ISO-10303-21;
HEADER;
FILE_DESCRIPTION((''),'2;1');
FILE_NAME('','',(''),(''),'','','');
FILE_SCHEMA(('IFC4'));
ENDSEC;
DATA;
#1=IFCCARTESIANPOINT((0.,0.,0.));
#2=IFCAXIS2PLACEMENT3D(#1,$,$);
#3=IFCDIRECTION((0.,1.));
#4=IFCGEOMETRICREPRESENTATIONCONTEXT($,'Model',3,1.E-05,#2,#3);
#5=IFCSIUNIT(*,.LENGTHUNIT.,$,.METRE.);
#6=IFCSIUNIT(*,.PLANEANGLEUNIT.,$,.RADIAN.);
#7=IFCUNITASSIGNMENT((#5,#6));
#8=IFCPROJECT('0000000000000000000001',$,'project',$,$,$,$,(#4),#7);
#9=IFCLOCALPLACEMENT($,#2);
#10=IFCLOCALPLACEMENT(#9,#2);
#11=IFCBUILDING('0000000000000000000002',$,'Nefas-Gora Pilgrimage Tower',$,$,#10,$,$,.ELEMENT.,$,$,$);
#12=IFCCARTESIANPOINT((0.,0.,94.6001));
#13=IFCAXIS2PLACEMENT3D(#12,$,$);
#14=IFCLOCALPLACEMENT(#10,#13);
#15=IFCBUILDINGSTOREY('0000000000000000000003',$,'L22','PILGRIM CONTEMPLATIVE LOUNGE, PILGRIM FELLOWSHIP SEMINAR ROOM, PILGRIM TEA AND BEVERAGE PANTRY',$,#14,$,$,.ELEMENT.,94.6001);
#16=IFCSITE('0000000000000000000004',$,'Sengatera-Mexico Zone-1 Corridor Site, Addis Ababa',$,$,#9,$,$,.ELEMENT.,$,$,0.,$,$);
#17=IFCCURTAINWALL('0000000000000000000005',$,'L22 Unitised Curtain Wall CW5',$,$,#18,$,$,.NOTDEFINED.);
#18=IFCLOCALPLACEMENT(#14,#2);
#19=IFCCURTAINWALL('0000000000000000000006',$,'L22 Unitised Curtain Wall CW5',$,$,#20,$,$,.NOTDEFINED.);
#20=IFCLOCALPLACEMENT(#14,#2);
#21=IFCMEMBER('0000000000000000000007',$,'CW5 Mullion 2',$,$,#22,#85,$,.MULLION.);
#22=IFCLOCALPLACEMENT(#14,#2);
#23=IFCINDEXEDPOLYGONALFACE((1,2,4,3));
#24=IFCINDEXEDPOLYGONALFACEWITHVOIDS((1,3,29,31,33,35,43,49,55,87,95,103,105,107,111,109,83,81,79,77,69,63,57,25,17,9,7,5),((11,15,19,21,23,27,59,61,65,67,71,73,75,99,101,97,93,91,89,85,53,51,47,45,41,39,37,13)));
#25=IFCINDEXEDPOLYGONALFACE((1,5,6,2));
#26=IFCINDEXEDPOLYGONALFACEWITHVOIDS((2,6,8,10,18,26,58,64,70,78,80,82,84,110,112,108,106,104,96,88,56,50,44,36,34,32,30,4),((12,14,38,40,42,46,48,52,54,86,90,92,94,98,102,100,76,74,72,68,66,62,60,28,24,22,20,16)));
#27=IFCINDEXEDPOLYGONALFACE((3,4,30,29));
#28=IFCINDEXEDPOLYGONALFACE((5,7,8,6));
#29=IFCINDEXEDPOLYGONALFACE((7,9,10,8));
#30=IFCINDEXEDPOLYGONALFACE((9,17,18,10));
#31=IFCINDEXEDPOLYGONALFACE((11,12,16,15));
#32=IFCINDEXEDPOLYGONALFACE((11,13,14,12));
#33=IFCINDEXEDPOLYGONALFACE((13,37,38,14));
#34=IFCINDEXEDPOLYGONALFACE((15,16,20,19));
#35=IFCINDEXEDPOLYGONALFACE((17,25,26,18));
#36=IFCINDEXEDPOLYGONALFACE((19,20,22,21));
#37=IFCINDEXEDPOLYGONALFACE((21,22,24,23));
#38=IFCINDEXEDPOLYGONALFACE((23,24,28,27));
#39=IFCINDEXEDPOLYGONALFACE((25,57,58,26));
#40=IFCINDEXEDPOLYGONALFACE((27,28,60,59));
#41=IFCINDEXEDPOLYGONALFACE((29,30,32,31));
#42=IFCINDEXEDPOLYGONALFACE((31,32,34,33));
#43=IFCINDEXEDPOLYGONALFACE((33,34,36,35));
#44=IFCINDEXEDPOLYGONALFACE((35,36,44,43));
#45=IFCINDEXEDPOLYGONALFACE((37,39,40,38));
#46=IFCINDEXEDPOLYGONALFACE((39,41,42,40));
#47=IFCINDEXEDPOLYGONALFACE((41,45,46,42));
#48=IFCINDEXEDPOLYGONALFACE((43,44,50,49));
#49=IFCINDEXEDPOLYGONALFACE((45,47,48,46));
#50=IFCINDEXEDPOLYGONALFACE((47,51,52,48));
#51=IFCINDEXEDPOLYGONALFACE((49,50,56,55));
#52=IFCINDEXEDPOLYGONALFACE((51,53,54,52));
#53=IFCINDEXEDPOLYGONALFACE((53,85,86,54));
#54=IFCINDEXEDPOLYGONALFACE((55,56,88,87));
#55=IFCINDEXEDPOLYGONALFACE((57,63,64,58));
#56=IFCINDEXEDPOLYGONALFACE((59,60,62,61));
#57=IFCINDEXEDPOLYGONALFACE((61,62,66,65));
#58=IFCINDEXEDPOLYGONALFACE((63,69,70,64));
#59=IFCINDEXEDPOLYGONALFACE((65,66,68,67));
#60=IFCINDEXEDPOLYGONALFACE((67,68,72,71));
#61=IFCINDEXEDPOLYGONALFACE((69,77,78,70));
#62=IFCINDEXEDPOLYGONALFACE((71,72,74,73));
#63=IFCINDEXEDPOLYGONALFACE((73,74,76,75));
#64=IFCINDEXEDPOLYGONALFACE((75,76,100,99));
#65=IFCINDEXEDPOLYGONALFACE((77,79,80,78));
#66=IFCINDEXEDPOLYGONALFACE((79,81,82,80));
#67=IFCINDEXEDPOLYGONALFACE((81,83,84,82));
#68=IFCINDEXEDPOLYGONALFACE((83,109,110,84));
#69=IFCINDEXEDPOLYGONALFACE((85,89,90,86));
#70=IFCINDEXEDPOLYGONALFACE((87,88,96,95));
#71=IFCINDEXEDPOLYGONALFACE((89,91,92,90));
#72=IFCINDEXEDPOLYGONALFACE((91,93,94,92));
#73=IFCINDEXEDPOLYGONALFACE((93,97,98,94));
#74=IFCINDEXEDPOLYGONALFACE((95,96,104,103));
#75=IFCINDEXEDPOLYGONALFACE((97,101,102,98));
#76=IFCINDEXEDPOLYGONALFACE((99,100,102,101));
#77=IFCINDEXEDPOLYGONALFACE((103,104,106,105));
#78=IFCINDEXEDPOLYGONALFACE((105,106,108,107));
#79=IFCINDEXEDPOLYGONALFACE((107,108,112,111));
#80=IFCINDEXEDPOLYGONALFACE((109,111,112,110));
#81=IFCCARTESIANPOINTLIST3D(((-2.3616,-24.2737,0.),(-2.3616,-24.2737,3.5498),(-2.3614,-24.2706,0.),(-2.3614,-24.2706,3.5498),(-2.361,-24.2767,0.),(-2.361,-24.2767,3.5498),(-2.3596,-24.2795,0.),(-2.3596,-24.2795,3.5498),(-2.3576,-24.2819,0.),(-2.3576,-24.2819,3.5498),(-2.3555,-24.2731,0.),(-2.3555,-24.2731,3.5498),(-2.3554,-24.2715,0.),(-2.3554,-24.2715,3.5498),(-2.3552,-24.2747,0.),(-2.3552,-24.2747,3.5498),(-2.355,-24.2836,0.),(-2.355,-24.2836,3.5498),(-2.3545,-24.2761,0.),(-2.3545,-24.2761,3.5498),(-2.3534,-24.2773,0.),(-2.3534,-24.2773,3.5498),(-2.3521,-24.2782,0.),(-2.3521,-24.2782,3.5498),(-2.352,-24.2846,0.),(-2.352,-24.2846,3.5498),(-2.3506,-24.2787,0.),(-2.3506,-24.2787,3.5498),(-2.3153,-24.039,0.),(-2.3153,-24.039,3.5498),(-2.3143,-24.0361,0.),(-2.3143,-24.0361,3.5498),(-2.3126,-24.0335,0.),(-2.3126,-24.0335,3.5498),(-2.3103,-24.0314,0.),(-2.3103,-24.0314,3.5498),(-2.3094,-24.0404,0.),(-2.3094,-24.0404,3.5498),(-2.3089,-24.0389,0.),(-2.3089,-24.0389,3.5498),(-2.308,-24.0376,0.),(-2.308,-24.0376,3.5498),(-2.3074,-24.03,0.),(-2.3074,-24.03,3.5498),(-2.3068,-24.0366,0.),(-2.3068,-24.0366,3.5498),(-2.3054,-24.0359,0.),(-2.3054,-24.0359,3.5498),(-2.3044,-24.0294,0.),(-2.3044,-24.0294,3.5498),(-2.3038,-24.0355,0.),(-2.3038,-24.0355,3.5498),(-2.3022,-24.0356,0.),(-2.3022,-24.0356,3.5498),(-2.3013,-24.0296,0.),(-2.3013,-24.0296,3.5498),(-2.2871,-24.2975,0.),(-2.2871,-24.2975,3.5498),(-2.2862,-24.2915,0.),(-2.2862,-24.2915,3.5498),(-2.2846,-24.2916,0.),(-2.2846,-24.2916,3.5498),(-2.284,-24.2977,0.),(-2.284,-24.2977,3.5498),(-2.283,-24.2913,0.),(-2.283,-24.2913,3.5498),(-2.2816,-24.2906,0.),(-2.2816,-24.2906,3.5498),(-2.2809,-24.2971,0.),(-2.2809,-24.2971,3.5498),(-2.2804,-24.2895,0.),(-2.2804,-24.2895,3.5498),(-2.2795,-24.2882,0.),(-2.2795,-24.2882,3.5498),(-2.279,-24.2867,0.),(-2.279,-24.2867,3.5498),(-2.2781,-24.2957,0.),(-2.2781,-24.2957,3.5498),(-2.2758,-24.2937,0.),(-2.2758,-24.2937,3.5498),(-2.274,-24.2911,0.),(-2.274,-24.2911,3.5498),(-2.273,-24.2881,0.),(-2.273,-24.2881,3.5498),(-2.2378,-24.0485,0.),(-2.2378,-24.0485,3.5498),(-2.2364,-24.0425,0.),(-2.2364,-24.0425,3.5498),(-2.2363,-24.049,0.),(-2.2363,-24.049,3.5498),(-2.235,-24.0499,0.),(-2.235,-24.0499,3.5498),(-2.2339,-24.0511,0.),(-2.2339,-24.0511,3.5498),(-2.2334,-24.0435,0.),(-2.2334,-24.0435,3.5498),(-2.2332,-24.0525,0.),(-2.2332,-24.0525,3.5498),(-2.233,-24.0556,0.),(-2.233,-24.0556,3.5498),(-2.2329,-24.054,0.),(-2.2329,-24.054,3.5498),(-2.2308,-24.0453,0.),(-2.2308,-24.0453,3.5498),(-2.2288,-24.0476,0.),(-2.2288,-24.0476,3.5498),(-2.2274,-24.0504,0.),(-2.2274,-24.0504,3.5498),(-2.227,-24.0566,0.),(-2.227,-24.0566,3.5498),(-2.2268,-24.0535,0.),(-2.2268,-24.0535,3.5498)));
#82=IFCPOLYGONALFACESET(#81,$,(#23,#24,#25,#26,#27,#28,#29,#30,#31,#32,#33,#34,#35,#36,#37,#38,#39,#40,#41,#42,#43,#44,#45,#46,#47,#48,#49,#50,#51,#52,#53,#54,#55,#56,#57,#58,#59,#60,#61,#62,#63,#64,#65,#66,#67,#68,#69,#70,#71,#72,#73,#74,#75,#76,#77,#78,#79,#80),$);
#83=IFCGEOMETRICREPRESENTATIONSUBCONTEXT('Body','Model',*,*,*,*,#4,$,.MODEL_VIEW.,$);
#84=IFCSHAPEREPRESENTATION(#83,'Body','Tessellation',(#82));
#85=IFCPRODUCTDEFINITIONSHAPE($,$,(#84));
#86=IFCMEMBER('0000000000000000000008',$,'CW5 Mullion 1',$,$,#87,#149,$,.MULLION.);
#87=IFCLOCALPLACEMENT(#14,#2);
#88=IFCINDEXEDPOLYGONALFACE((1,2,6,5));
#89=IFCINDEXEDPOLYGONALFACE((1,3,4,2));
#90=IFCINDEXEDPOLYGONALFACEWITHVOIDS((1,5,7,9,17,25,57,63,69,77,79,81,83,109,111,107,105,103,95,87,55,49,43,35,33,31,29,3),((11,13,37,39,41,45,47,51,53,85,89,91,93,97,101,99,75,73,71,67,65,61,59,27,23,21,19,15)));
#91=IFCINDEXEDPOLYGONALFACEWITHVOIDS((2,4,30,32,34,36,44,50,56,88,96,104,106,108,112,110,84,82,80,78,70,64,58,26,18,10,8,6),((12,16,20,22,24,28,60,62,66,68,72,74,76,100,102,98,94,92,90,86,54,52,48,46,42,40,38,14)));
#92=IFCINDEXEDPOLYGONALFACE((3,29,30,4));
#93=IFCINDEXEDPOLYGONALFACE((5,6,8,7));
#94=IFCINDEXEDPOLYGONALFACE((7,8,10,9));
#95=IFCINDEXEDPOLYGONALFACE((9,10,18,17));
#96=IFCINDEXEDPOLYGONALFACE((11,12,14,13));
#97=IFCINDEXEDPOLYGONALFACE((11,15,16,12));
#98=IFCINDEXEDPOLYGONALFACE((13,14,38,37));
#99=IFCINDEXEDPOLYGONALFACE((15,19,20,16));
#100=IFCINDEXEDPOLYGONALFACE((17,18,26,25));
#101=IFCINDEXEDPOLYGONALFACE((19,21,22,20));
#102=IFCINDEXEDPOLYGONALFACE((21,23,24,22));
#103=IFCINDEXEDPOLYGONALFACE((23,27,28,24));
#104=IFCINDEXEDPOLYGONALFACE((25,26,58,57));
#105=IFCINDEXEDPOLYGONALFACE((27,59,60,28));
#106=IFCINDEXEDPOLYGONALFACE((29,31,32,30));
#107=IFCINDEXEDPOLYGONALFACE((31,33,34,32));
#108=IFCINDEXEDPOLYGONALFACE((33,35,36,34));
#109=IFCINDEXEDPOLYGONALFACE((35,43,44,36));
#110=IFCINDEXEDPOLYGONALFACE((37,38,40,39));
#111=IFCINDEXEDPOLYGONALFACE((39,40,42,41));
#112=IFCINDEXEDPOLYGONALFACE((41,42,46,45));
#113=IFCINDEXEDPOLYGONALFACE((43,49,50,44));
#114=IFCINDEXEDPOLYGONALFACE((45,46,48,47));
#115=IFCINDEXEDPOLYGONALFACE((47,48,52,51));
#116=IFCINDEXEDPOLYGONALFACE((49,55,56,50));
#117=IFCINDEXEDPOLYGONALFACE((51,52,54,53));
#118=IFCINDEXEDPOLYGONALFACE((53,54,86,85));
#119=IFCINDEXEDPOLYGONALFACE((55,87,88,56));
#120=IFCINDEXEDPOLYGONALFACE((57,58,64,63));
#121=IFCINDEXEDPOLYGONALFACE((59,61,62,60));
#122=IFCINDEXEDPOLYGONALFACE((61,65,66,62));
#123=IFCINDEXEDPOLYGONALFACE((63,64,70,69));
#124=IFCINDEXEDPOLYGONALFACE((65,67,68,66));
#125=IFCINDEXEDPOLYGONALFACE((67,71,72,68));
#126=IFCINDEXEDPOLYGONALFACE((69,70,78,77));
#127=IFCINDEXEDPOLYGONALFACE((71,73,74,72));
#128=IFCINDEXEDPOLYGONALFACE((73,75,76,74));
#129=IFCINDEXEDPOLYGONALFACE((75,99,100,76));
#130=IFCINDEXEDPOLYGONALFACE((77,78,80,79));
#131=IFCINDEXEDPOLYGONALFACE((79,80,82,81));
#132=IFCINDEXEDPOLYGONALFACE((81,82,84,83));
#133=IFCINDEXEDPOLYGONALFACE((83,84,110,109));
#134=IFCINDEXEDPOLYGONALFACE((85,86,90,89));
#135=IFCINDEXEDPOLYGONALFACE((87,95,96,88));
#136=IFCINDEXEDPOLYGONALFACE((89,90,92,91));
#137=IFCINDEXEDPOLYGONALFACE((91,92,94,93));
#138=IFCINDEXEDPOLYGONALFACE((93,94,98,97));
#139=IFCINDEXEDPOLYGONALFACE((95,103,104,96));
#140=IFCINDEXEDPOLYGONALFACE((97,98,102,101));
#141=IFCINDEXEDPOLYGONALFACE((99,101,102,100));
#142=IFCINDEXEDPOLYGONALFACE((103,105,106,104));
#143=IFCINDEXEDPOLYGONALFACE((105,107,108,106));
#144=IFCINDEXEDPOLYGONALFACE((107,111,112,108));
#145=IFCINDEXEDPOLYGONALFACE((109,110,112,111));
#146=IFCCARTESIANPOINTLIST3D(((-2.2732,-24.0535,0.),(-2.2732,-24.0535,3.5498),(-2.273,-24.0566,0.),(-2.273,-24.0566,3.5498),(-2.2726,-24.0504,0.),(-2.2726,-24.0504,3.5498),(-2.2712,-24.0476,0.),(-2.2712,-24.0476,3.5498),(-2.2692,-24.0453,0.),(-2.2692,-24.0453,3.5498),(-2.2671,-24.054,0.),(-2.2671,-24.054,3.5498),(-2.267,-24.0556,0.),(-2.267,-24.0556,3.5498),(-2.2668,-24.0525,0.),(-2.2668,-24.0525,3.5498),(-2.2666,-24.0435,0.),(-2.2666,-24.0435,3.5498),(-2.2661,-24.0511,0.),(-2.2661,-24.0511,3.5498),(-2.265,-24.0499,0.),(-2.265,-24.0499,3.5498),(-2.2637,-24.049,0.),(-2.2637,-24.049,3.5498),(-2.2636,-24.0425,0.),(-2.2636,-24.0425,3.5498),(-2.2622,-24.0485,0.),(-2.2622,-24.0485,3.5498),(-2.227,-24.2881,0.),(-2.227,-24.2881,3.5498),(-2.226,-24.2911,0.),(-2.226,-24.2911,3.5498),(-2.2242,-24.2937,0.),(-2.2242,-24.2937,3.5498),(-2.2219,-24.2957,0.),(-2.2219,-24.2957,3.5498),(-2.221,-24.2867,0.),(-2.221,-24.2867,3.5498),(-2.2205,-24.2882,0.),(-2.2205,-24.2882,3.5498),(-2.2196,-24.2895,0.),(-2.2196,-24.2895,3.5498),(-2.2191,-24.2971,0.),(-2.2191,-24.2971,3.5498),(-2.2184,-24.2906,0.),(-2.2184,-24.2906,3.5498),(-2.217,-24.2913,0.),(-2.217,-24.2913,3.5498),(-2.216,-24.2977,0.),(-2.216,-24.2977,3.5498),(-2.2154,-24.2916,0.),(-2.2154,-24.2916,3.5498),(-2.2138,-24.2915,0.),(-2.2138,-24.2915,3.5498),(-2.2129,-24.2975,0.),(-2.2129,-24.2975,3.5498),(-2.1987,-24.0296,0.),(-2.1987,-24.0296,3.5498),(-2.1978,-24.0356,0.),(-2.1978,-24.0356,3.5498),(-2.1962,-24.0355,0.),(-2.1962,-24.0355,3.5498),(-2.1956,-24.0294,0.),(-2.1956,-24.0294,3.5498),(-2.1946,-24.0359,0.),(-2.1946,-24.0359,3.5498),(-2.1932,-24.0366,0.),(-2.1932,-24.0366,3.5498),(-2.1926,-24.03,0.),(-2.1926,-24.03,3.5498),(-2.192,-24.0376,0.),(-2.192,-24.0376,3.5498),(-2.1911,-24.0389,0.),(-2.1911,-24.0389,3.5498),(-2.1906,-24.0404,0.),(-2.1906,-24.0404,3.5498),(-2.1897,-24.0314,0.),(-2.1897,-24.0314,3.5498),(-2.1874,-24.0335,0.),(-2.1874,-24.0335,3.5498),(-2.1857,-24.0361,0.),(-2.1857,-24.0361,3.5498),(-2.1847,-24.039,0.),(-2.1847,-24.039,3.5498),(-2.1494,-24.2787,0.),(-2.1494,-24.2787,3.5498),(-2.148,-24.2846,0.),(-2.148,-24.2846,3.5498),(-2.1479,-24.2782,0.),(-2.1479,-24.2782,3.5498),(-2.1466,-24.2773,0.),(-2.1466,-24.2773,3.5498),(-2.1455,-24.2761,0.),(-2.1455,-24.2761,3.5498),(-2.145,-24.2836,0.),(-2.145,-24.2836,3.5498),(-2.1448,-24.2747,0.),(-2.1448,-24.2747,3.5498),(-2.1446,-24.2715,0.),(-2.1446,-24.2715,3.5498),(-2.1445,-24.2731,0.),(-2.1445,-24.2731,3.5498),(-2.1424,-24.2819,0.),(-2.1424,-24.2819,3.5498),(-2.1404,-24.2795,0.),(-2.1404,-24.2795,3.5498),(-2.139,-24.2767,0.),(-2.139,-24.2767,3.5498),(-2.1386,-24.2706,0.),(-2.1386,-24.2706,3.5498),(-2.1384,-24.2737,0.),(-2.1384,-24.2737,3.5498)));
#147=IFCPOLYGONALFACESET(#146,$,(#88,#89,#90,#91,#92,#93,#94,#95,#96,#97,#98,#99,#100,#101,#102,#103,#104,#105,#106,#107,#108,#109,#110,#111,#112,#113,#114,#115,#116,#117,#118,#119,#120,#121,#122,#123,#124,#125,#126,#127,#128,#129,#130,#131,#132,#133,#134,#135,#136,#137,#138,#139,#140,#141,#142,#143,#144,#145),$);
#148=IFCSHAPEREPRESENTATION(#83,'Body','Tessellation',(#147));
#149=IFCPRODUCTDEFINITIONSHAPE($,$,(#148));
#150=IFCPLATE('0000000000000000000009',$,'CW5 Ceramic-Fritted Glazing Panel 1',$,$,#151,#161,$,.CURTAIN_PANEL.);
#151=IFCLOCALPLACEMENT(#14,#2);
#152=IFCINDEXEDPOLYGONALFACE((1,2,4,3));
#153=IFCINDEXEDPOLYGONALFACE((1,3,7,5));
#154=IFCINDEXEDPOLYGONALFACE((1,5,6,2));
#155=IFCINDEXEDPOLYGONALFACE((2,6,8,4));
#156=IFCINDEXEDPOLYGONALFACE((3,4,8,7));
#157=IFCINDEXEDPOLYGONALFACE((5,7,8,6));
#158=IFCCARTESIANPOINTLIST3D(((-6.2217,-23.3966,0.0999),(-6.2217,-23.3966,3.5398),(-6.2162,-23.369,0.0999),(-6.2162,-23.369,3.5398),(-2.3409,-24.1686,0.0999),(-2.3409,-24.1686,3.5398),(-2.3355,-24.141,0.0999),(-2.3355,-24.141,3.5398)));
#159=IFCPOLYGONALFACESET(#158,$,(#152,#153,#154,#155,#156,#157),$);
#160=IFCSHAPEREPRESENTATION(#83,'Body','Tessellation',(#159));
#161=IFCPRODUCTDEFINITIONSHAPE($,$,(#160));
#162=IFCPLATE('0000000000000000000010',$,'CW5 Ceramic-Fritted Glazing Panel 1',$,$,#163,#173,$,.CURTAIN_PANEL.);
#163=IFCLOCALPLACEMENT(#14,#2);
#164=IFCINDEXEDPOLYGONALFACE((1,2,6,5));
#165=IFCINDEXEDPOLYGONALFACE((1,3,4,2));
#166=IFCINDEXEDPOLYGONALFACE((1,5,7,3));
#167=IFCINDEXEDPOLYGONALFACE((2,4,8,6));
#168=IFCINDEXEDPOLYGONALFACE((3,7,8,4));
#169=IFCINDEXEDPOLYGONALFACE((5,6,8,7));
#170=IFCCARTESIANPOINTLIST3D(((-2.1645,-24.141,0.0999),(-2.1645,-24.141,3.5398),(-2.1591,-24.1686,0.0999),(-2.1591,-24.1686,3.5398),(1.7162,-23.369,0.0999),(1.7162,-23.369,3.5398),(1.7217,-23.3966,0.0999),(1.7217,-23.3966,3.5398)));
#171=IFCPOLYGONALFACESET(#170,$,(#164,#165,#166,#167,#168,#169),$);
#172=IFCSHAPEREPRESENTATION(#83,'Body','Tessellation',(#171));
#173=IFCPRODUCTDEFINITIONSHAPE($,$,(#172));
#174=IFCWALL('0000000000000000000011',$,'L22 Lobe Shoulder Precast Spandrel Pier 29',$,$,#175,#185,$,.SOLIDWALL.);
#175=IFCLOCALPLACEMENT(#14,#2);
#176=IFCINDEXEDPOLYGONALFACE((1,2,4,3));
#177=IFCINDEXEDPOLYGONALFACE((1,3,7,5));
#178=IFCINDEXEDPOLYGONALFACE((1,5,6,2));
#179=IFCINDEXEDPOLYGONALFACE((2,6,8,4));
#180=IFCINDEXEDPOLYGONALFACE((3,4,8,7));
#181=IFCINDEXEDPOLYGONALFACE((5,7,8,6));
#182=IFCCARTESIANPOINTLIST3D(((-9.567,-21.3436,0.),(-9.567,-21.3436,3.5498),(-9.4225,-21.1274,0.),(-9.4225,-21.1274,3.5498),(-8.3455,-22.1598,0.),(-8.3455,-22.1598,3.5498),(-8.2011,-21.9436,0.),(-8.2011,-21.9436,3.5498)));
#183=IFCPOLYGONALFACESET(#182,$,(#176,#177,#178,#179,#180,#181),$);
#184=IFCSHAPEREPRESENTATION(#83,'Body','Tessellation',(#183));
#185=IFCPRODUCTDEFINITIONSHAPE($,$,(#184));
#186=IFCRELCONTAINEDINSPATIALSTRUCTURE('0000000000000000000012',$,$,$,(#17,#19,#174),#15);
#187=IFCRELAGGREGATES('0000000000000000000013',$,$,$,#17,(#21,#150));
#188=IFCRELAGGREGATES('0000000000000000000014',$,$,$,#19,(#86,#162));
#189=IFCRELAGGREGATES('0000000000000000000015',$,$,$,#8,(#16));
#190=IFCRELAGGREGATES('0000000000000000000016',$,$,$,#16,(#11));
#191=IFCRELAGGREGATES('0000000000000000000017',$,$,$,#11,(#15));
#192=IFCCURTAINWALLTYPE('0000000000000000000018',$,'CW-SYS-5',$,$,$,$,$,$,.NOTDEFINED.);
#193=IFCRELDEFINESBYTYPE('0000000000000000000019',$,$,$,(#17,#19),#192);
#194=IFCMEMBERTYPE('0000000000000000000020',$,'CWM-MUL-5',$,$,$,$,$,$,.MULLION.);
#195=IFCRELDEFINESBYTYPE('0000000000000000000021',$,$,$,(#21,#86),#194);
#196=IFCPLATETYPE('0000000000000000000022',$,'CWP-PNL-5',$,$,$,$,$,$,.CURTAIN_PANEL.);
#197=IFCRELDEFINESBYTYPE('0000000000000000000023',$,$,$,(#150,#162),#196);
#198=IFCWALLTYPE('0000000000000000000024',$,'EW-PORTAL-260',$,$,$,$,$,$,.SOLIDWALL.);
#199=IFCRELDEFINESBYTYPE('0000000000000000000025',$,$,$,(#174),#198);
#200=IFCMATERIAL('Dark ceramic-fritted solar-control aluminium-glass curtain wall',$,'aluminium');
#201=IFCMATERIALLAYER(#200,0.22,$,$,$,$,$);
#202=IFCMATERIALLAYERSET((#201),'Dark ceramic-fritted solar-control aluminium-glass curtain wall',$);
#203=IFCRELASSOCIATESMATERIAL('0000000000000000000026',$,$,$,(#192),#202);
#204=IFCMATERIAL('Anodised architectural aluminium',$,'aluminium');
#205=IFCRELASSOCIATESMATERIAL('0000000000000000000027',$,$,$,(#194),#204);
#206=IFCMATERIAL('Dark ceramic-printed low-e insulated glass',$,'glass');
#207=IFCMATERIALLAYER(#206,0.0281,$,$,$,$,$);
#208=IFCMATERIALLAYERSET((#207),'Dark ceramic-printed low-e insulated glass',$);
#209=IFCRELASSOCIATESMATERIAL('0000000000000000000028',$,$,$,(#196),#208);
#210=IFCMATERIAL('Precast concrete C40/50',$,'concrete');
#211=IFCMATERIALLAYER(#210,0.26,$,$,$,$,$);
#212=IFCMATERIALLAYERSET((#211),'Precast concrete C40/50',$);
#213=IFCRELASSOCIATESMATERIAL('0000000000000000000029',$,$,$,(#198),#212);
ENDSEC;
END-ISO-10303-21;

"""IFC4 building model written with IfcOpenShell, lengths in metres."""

from ifc_helpers import new_model, si_unit, direction, frame, frame_2d, origin, origin_2d, place, context, subcontext, project, spatial, rectangle, hollow_rectangle, extrude, source, transform, mapped, material, layer, layer_set, material_profile, profile_set, type_object, element, aggregate, save


model = new_model("IFC4")

# Units and contexts
model_context = context("Model", 3, precision=1e-05, world=origin(), true_north=direction((0.0, 1.0)))
body_context = subcontext(model_context, "Body", "Model", "MODEL_VIEW")
ifc_project = project(units=[si_unit("LENGTHUNIT", "METRE"), si_unit("PLANEANGLEUNIT", "RADIAN")], contexts=[model_context])

# Site, building, storey
site_placement = place(None, origin())
site = spatial("IfcSite", under=ifc_project, at=site_placement, Name="Sengatera-Mexico Zone-1 Corridor Site, Addis Ababa", CompositionType="ELEMENT", RefElevation=0.0)
building_placement = place(site_placement, origin())
building = spatial("IfcBuilding", under=site, at=building_placement, Name="Nefas-Gora Pilgrimage Tower", CompositionType="ELEMENT")
storey_placement = place(building_placement, frame((0.0, 0.0, 94.6001)))
storey = spatial("IfcBuildingStorey", under=building, at=storey_placement, Name="L22", Description="PILGRIM CONTEMPLATIVE LOUNGE, PILGRIM FELLOWSHIP SEMINAR ROOM, PILGRIM TEA AND BEVERAGE PANTRY", CompositionType="ELEMENT", Elevation=94.6001)

# Curtain walls
ifc_material_1 = material(Name="Dark ceramic-fritted solar-control aluminium-glass curtain wall", Category="aluminium")
ifc_layer_1 = layer(ifc_material_1, 0.22)
ifc_layer_set_1 = layer_set([ifc_layer_1], Name="Dark ceramic-fritted solar-control aluminium-glass curtain wall")
curtain_wall_type = type_object("IfcCurtainWallType", Name="CW-SYS-5", PredefinedType="NOTDEFINED", material=ifc_layer_set_1)
curtain_wall_1_placement = place(storey_placement, origin())
curtain_wall_1 = element("IfcCurtainWall", 1, at=curtain_wall_1_placement, inside=storey, type_object=curtain_wall_type, Name="L22 Unitised Curtain Wall CW5", PredefinedType="NOTDEFINED")
ifc_material_2 = material(Name="Anodised architectural aluminium", Category="aluminium")
curtain_wall_2_placement = place(storey_placement, origin())
curtain_wall_2 = element("IfcCurtainWall", 2, at=curtain_wall_2_placement, inside=storey, type_object=curtain_wall_type, Name="L22 Unitised Curtain Wall CW5", PredefinedType="NOTDEFINED")
ifc_material_profile_1 = material_profile(ifc_material_2, hollow_rectangle(XDim=0.0901, YDim=0.26, WallThickness=0.0061, InnerFilletRadius=0.0061, OuterFilletRadius=0.012, at=origin_2d()), Name="ALU MULLION 90x260")
ifc_profile_set_1 = profile_set([ifc_material_profile_1], Name="Anodised architectural aluminium")
member_type_1 = type_object("IfcMemberType", Name="CWM-MUL-5", PredefinedType="MULLION", material=ifc_profile_set_1)
shared_shape_1 = source(origin(), body_context, "Body", "SweptSolid", [
    extrude(hollow_rectangle(XDim=0.0901, YDim=0.26, WallThickness=0.0061, InnerFilletRadius=0.0061, OuterFilletRadius=0.012, at=origin_2d()), origin(), (0.0, 0.0, 1.0), 3.5498),
])

# Members
member_1_placement = place(storey_placement, frame((-2.2942, -24.1636, 0.0), z_axis=(0.0, 0.0, 1.0), x_axis=(0.980783, -0.195102, 0.0)))
member_1 = element("IfcMember", 3, at=member_1_placement, type_object=member_type_1, Name="CW5 Mullion 2", PredefinedType="MULLION", context=body_context, shape_type="MappedRepresentation", body=[
    mapped(shared_shape_1, transform((0.0, 0.0, 0.0), x_axis=(1.0, 0.0, 0.0), y_axis=(0.0, 1.0, 0.0), z_axis=(0.0, 0.0, 1.0), scale=1.0)),
])
member_2_placement = place(storey_placement, frame((-2.2058, -24.1636, 0.0), z_axis=(0.0, 0.0, 1.0), x_axis=(0.980783, 0.195102, 0.0)))
member_2 = element("IfcMember", 4, at=member_2_placement, type_object=member_type_1, Name="CW5 Mullion 1", PredefinedType="MULLION", context=body_context, shape_type="MappedRepresentation", body=[
    mapped(shared_shape_1, transform((0.0, 0.0, 0.0), x_axis=(1.0, 0.0, 0.0), y_axis=(0.0, 1.0, 0.0), z_axis=(0.0, 0.0, 1.0), scale=1.0)),
])

# Plates
ifc_material_3 = material(Name="Dark ceramic-printed low-e insulated glass", Category="glass")
ifc_layer_2 = layer(ifc_material_3, 0.0281)
ifc_layer_set_2 = layer_set([ifc_layer_2], Name="Dark ceramic-printed low-e insulated glass")
plate_type = type_object("IfcPlateType", Name="CWP-PNL-5", PredefinedType="CURTAIN_PANEL", material=ifc_layer_set_2)
shared_shape_2 = source(origin(), body_context, "Body", "SweptSolid", [
    extrude(rectangle(XDim=3.9568, YDim=0.0281, at=origin_2d()), origin(), (0.0, 0.0, 1.0), 3.4399),
])
plate_1_placement = place(storey_placement, frame((-4.2786, -23.7688, 0.0999), z_axis=(0.0, 0.0, 1.0), x_axis=(0.980783, -0.195102, 0.0)))
plate_1 = element("IfcPlate", 5, at=plate_1_placement, type_object=plate_type, Name="CW5 Ceramic-Fritted Glazing Panel 1", PredefinedType="CURTAIN_PANEL", context=body_context, shape_type="MappedRepresentation", body=[
    mapped(shared_shape_2, transform((0.0, 0.0, 0.0), x_axis=(1.0, 0.0, 0.0), y_axis=(0.0, 1.0, 0.0), z_axis=(0.0, 0.0, 1.0), scale=1.0)),
])
aggregate(curtain_wall_1, [member_1, plate_1])
plate_2_placement = place(storey_placement, frame((-0.2214, -23.7688, 0.0999), z_axis=(0.0, 0.0, 1.0), x_axis=(0.980783, 0.195102, 0.0)))
plate_2 = element("IfcPlate", 6, at=plate_2_placement, type_object=plate_type, Name="CW5 Ceramic-Fritted Glazing Panel 1", PredefinedType="CURTAIN_PANEL", context=body_context, shape_type="MappedRepresentation", body=[
    mapped(shared_shape_2, transform((0.0, 0.0, 0.0), x_axis=(1.0, 0.0, 0.0), y_axis=(0.0, 1.0, 0.0), z_axis=(0.0, 0.0, 1.0), scale=1.0)),
])
aggregate(curtain_wall_2, [member_2, plate_2])

# Wall
ifc_material_4 = material(Name="Precast concrete C40/50", Category="concrete")
ifc_layer_3 = layer(ifc_material_4, 0.26)
ifc_layer_set_3 = layer_set([ifc_layer_3], Name="Precast concrete C40/50")
wall_type_1 = type_object("IfcWallType", Name="EW-PORTAL-260", PredefinedType="SOLIDWALL", material=ifc_layer_set_3)
shared_shape_3 = source(origin(), body_context, "Body", "SweptSolid", [
    extrude(rectangle(XDim=1.469, YDim=0.26, at=frame_2d((0.7344, 0.0))), origin(), (0.0, 0.0, 1.0), 3.5498),
])
wall_1_placement = place(storey_placement, frame((-9.4946, -21.2356, 0.0), z_axis=(0.0, 0.0, 1.0), x_axis=(0.831462, -0.555582, 0.0)))
element("IfcWall", 7, at=wall_1_placement, inside=storey, type_object=wall_type_1, Name="L22 Lobe Shoulder Precast Spandrel Pier 29", PredefinedType="SOLIDWALL", context=body_context, shape_type="MappedRepresentation", body=[
    mapped(shared_shape_3, transform((0.0, 0.0, 0.0), x_axis=(1.0, 0.0, 0.0), y_axis=(0.0, 1.0, 0.0), z_axis=(0.0, 0.0, 1.0), scale=1.0)),
])

save(model, "model.ifc")
